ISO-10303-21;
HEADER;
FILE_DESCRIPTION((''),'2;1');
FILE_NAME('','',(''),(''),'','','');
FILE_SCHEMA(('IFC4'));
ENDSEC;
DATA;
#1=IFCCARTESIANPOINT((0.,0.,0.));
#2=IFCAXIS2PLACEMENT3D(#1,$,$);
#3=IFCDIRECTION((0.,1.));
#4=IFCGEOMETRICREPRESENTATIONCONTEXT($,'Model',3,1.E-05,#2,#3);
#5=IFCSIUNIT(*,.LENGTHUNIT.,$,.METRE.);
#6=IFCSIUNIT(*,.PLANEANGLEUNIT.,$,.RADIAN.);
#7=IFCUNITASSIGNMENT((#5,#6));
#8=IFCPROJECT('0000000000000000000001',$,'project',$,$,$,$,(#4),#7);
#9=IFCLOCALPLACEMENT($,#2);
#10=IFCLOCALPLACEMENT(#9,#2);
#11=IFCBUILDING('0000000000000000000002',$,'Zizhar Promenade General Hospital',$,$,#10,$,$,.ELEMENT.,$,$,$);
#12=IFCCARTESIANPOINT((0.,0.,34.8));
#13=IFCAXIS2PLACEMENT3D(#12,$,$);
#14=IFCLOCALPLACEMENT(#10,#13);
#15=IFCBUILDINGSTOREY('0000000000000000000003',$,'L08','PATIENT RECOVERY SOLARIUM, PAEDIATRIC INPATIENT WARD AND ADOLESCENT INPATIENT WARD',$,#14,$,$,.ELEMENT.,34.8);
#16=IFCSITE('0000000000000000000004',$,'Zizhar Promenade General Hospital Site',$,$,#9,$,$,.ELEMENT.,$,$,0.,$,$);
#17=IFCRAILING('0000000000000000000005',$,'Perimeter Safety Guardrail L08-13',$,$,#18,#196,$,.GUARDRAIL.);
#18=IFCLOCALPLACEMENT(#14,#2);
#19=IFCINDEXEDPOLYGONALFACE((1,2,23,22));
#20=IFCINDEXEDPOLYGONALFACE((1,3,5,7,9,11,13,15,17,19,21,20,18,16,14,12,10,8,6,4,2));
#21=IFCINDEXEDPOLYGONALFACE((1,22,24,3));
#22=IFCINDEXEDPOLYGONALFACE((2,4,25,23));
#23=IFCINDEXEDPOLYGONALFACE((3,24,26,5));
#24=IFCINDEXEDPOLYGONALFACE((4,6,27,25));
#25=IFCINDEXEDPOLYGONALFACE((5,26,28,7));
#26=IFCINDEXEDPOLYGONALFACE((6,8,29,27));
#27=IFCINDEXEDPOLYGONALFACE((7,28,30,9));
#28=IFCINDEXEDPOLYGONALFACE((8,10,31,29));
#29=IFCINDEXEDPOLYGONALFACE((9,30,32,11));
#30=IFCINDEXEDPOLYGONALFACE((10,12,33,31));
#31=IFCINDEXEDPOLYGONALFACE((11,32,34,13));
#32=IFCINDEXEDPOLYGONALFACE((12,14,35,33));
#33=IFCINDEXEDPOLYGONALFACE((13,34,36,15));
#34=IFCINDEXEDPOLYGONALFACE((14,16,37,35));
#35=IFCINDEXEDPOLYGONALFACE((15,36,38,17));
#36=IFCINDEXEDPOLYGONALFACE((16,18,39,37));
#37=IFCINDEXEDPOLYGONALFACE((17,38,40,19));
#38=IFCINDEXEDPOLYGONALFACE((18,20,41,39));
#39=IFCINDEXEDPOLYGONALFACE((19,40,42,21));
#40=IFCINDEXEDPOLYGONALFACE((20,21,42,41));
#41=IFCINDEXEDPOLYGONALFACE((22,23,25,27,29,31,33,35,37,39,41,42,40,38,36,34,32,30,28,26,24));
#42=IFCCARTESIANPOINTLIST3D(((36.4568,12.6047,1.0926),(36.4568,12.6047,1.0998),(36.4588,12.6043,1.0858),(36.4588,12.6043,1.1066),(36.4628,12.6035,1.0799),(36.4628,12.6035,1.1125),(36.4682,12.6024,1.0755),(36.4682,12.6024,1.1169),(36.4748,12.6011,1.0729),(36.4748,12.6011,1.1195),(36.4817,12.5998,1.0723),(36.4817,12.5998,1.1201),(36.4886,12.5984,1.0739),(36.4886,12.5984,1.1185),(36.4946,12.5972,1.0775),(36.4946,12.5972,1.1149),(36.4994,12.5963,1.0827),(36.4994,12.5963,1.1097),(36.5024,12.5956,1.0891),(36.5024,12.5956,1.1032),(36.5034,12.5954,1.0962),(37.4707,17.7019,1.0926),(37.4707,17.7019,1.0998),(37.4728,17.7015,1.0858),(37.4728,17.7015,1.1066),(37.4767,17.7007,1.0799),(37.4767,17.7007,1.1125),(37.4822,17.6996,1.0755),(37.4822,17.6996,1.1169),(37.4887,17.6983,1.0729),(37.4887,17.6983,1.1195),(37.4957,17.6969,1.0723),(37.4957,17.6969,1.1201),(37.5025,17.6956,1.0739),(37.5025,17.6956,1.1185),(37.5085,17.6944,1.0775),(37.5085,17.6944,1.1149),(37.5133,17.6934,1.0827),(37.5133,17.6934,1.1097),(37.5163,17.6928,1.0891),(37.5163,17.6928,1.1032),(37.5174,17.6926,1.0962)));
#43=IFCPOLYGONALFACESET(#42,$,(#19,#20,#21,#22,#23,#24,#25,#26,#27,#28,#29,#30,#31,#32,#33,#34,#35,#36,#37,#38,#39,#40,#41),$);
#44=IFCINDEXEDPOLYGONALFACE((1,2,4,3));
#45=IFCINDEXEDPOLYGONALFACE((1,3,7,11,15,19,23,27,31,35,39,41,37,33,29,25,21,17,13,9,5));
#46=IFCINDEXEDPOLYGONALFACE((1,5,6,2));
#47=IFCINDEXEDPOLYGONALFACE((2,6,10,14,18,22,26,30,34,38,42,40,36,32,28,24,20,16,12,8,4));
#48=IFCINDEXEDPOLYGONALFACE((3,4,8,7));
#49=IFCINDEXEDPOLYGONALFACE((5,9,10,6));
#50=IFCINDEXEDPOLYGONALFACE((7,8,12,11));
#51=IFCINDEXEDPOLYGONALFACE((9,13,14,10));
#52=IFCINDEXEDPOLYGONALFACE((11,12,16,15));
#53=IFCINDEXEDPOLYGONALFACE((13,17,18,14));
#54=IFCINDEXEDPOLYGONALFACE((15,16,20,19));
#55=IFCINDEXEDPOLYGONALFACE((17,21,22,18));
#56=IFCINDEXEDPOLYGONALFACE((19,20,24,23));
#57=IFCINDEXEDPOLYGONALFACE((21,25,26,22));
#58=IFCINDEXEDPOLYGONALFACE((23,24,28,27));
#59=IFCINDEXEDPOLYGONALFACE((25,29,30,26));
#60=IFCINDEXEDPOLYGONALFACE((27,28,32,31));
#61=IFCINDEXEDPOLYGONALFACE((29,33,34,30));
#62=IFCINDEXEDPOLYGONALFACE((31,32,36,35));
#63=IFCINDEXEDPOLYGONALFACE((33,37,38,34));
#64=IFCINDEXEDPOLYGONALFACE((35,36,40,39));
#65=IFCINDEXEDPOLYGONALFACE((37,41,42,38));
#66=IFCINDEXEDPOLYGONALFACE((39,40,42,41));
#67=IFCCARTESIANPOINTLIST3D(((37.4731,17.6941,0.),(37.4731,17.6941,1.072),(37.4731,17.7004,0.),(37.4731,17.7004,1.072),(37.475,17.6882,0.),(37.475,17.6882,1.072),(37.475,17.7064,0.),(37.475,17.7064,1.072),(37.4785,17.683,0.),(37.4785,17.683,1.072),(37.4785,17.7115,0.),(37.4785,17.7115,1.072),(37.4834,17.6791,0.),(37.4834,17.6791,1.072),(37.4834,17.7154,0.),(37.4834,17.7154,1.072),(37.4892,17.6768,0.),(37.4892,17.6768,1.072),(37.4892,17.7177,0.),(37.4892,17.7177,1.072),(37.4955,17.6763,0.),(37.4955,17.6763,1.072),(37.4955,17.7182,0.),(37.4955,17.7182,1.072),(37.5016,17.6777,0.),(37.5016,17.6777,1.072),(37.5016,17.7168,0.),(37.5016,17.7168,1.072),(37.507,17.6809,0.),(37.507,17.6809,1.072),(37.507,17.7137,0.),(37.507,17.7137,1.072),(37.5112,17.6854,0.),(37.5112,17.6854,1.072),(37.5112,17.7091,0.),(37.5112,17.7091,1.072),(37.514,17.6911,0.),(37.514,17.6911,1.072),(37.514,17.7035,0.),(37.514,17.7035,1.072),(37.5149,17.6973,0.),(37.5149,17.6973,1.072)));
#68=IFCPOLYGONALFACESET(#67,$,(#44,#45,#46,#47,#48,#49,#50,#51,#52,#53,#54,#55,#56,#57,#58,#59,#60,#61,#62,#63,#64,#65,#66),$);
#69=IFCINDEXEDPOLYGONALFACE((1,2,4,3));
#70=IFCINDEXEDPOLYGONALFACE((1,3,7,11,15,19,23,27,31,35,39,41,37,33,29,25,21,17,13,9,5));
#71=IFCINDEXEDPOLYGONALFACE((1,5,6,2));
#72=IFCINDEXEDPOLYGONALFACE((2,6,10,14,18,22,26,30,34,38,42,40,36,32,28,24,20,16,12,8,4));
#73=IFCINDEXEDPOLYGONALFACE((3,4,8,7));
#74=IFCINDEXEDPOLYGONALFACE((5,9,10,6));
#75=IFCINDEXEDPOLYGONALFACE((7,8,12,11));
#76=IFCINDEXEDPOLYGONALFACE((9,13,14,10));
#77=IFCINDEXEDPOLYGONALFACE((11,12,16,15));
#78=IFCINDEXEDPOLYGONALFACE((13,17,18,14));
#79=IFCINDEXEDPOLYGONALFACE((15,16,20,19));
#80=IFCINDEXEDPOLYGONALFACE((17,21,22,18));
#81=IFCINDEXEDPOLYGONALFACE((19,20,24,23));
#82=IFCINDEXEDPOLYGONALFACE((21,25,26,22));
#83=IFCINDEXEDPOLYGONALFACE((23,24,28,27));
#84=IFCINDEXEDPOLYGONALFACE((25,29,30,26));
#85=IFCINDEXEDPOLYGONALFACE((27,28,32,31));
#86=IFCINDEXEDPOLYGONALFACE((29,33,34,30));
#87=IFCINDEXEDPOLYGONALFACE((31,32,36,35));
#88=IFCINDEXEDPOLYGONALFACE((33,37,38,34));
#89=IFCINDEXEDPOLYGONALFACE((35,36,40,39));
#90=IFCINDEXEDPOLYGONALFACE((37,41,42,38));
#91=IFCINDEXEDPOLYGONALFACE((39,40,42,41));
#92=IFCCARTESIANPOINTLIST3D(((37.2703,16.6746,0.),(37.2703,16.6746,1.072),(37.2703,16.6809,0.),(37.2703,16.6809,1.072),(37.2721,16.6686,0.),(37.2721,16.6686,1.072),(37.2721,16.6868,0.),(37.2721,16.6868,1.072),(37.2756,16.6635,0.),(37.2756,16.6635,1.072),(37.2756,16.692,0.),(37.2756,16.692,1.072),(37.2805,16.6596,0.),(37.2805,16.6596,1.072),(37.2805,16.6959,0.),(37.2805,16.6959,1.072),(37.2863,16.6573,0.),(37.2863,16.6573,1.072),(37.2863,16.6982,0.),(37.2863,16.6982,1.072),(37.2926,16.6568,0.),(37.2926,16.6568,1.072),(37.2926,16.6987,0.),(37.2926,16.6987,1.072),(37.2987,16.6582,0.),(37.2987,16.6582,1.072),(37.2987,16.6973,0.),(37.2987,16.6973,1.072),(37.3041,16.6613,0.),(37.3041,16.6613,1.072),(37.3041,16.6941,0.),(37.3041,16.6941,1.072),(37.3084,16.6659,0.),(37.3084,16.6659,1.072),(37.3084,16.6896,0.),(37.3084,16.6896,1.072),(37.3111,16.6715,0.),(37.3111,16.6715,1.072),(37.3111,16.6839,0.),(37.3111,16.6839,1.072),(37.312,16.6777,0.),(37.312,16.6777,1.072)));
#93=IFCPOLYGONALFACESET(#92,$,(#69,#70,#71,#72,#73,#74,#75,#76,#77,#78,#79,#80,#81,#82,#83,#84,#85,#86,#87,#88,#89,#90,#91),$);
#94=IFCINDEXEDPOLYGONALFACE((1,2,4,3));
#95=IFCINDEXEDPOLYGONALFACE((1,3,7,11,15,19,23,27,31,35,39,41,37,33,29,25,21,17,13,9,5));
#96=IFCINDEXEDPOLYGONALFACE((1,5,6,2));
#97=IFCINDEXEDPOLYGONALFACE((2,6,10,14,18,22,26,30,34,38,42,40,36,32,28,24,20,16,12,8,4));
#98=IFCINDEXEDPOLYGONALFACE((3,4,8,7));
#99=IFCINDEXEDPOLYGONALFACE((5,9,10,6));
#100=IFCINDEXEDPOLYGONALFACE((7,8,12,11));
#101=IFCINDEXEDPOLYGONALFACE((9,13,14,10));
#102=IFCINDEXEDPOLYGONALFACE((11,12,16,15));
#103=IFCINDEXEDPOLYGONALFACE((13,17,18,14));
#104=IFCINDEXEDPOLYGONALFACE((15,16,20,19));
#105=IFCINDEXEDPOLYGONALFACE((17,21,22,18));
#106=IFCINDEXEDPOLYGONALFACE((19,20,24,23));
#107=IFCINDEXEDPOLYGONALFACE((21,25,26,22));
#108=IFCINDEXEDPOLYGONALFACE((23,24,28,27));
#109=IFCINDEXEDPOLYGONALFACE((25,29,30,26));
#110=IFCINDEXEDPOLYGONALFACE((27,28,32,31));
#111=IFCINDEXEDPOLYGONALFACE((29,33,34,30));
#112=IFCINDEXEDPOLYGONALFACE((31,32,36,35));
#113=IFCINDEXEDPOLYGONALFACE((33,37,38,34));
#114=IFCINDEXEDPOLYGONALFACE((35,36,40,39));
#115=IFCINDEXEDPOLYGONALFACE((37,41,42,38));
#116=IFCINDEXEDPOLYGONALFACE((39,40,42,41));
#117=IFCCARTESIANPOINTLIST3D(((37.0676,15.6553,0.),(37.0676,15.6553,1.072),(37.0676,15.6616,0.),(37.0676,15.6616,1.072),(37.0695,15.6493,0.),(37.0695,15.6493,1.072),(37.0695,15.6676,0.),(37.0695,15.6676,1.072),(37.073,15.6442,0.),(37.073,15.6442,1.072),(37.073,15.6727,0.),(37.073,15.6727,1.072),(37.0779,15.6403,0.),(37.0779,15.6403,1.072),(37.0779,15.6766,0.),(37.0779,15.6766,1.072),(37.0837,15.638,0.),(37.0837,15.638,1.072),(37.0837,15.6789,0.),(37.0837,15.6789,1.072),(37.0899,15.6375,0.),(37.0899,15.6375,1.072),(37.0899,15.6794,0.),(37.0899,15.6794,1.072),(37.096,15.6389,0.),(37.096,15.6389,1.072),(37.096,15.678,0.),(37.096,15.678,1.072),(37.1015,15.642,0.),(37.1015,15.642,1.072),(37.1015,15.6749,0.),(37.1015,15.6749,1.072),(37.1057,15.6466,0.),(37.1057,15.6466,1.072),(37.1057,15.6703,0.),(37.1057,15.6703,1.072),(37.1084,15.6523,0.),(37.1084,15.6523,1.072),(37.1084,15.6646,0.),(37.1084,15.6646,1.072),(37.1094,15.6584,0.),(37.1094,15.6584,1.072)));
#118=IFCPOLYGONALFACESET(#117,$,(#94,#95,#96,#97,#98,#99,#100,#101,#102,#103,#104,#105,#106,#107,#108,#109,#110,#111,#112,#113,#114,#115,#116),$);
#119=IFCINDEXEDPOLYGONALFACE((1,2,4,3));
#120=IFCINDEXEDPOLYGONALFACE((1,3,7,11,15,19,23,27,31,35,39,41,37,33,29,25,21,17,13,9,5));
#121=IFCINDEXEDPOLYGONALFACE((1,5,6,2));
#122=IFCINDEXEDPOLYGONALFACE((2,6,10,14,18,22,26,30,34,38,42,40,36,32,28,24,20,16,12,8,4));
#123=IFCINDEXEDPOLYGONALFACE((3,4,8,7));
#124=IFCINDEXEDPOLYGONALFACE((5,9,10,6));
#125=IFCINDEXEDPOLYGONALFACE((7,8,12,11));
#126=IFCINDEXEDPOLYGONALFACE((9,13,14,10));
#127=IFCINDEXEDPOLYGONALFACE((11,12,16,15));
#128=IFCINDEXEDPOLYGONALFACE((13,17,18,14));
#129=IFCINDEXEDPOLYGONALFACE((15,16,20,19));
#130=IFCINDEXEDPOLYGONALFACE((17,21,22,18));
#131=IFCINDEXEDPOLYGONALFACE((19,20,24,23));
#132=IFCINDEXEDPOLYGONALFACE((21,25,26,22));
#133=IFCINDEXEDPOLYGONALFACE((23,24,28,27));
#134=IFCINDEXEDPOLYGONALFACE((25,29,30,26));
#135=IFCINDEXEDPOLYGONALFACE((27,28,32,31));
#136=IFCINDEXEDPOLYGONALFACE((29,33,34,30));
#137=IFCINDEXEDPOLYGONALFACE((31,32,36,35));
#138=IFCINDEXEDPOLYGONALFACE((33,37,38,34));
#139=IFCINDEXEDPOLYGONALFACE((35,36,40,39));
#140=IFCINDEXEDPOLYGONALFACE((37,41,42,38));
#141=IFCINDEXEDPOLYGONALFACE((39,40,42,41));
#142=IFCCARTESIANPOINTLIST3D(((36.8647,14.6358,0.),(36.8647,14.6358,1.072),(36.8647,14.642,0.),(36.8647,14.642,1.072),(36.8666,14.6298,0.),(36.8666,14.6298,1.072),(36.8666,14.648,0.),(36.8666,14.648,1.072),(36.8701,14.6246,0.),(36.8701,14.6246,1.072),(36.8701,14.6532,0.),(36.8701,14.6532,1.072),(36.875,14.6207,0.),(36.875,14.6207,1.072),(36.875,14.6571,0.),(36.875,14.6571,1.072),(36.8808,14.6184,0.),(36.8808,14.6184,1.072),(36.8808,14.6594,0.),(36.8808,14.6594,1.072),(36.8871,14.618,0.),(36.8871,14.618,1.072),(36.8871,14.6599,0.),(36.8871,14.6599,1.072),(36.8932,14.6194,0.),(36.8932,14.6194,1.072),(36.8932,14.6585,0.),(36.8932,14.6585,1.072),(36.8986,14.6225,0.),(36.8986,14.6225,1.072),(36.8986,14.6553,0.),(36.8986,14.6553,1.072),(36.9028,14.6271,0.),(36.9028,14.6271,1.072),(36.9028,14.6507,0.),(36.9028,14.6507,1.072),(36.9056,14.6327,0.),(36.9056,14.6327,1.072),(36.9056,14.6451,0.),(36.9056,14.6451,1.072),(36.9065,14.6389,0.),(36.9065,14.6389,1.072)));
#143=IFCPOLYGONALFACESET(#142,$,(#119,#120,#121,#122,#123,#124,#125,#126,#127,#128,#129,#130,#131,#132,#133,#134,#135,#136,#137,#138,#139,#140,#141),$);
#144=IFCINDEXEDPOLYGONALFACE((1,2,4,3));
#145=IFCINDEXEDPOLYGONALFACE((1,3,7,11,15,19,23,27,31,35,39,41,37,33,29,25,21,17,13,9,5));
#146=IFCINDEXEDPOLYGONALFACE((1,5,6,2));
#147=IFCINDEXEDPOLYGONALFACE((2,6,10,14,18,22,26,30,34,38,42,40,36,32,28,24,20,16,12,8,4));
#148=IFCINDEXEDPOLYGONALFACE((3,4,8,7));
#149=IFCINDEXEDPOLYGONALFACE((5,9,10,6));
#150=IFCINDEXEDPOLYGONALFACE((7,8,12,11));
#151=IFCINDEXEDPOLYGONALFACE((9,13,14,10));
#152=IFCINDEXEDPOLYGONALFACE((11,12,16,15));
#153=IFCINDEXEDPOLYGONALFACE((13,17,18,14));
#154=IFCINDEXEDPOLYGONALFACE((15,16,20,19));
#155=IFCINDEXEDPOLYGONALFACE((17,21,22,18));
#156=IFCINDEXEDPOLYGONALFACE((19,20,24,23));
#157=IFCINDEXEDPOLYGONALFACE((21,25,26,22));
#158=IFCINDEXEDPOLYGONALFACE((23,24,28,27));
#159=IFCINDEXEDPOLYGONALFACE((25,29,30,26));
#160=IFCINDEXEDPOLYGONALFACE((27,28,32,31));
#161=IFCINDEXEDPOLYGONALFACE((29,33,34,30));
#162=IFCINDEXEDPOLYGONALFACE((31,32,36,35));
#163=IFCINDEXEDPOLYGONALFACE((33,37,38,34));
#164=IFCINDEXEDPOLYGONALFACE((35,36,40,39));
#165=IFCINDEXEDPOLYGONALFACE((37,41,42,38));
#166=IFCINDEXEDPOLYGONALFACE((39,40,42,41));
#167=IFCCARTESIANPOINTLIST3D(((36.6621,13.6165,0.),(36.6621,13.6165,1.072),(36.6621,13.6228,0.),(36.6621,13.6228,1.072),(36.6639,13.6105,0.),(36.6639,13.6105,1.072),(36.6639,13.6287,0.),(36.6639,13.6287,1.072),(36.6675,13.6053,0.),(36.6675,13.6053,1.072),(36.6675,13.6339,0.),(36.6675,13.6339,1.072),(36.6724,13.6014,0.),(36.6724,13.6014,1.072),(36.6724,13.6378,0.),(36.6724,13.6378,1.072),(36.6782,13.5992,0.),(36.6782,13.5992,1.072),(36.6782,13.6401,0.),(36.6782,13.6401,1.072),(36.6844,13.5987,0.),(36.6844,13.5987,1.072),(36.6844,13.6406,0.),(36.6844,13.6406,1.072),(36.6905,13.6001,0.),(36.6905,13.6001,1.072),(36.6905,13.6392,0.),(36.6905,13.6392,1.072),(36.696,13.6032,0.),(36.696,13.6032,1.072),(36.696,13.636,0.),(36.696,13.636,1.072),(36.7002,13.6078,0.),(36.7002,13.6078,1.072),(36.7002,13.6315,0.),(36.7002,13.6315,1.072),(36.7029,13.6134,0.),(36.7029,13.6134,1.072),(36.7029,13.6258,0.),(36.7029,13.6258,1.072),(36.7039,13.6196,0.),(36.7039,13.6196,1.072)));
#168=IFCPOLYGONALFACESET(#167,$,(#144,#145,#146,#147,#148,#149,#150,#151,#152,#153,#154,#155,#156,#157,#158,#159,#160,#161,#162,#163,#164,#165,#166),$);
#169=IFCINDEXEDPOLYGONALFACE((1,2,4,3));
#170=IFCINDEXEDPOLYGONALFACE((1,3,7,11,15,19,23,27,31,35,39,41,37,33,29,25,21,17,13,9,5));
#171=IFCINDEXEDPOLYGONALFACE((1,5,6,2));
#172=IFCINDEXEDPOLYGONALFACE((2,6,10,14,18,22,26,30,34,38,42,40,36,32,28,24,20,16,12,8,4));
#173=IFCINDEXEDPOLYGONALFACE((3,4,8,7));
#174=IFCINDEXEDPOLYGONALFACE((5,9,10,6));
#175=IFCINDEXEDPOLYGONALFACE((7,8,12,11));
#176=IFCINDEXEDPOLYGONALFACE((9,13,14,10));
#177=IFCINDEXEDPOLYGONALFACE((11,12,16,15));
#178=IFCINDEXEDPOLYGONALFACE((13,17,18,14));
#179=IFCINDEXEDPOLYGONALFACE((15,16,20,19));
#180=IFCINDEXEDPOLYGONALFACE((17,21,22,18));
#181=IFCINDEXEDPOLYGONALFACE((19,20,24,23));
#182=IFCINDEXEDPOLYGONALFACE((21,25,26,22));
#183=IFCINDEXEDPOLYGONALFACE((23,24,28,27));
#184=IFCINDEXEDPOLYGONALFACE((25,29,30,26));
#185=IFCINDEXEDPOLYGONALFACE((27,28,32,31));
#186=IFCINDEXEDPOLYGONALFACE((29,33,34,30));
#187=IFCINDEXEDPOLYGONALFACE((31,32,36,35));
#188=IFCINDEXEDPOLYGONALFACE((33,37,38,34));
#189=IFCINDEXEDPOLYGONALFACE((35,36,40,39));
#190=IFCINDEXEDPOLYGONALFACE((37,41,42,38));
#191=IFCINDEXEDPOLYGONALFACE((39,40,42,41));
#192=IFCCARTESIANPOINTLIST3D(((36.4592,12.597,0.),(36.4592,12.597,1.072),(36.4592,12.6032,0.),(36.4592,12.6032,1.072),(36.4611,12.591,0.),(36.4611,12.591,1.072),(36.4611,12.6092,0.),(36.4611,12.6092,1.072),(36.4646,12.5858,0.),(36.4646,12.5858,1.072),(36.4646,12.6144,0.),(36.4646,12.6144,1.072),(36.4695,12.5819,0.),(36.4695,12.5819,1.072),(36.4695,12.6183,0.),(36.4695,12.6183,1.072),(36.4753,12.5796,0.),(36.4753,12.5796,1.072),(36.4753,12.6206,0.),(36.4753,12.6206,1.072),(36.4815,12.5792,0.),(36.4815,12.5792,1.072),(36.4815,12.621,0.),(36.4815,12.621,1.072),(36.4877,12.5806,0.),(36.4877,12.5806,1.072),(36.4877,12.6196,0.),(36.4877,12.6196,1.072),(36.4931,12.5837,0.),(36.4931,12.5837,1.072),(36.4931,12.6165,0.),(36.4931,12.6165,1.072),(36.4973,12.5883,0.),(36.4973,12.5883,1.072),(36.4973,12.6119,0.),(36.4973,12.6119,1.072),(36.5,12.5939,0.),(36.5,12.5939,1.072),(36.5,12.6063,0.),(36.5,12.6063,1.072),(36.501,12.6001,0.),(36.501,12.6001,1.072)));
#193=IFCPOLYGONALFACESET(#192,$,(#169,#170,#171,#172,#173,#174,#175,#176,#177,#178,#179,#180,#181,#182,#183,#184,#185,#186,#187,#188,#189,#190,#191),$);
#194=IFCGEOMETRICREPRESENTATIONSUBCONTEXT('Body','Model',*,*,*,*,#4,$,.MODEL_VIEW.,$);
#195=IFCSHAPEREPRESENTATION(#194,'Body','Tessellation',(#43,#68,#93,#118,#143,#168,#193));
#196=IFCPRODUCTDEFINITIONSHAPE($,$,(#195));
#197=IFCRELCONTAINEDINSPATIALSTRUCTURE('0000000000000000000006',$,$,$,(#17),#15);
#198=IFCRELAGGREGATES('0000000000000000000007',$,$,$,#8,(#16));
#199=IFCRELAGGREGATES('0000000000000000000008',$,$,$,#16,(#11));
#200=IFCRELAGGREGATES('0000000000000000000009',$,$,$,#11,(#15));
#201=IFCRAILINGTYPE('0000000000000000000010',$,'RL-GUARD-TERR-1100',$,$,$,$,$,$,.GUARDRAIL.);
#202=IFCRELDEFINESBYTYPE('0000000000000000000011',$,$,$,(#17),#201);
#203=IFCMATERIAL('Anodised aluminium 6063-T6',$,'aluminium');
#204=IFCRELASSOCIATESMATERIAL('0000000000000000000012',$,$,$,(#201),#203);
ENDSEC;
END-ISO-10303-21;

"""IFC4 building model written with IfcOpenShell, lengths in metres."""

from ifc_helpers import new_model, si_unit, direction, frame, origin, origin_2d, place, context, subcontext, project, spatial, circle, hollow_circle, extrude, material, material_profile, profile_set, type_object, element, save


model = new_model("IFC4")

# Units and contexts
model_context = context("Model", 3, precision=1e-05, world=origin(), true_north=direction((0.0, 1.0)))
body_context = subcontext(model_context, "Body", "Model", "MODEL_VIEW")
ifc_project = project(units=[si_unit("LENGTHUNIT", "METRE"), si_unit("PLANEANGLEUNIT", "RADIAN")], contexts=[model_context])

# Site, building, storey
site_placement = place(None, origin())
site = spatial("IfcSite", under=ifc_project, at=site_placement, Name="Zizhar Promenade General Hospital Site", CompositionType="ELEMENT", RefElevation=0.0)
building_placement = place(site_placement, origin())
building = spatial("IfcBuilding", under=site, at=building_placement, Name="Zizhar Promenade General Hospital", CompositionType="ELEMENT")
storey_placement = place(building_placement, frame((0.0, 0.0, 34.8)))
storey = spatial("IfcBuildingStorey", under=building, at=storey_placement, Name="L08", Description="PATIENT RECOVERY SOLARIUM, PAEDIATRIC INPATIENT WARD AND ADOLESCENT INPATIENT WARD", CompositionType="ELEMENT", Elevation=34.8)

# Railing
ifc_material_1 = material(Name="Anodised aluminium 6063-T6", Category="aluminium")
ifc_material_profile_1 = material_profile(ifc_material_1, hollow_circle(Radius=0.0698, WallThickness=0.0063, at=origin_2d()))
ifc_profile_set_1 = profile_set([ifc_material_profile_1], Name="Anodised aluminium 6063-T6")
railing_type = type_object("IfcRailingType", Name="RL-GUARD-TERR-1100", PredefinedType="GUARDRAIL", material=ifc_profile_set_1)
railing_1_placement = place(storey_placement, frame((37.4939, 17.6973, 0.0)))
element("IfcRailing", 1, at=railing_1_placement, inside=storey, type_object=railing_type, Name="Perimeter Safety Guardrail L08-13", PredefinedType="GUARDRAIL", context=body_context, shape_type="SweptSolid", body=[
    extrude(circle(Radius=0.0239, at=origin_2d()), frame((0.0, 0.0, 1.0962), z_axis=(-0.195095, -0.980784, 0.0), x_axis=(0.980784, -0.195095, 0.0)), (0.0, 0.0, 1.0), 5.197),
    extrude(circle(Radius=0.021, at=origin_2d()), origin(), (0.0, 0.0, 1.0), 1.072),
    extrude(circle(Radius=0.021, at=origin_2d()), frame((-0.2029, -1.0195, 0.0)), (0.0, 0.0, 1.0), 1.072),
    extrude(circle(Radius=0.021, at=origin_2d()), frame((-0.4055, -2.0388, 0.0)), (0.0, 0.0, 1.0), 1.072),
    extrude(circle(Radius=0.021, at=origin_2d()), frame((-0.6084, -3.0583, 0.0)), (0.0, 0.0, 1.0), 1.072),
    extrude(circle(Radius=0.021, at=origin_2d()), frame((-0.811, -4.0776, 0.0)), (0.0, 0.0, 1.0), 1.072),
    extrude(circle(Radius=0.021, at=origin_2d()), frame((-1.0139, -5.0972, 0.0)), (0.0, 0.0, 1.0), 1.072),
])

save(model, "model.ifc")
